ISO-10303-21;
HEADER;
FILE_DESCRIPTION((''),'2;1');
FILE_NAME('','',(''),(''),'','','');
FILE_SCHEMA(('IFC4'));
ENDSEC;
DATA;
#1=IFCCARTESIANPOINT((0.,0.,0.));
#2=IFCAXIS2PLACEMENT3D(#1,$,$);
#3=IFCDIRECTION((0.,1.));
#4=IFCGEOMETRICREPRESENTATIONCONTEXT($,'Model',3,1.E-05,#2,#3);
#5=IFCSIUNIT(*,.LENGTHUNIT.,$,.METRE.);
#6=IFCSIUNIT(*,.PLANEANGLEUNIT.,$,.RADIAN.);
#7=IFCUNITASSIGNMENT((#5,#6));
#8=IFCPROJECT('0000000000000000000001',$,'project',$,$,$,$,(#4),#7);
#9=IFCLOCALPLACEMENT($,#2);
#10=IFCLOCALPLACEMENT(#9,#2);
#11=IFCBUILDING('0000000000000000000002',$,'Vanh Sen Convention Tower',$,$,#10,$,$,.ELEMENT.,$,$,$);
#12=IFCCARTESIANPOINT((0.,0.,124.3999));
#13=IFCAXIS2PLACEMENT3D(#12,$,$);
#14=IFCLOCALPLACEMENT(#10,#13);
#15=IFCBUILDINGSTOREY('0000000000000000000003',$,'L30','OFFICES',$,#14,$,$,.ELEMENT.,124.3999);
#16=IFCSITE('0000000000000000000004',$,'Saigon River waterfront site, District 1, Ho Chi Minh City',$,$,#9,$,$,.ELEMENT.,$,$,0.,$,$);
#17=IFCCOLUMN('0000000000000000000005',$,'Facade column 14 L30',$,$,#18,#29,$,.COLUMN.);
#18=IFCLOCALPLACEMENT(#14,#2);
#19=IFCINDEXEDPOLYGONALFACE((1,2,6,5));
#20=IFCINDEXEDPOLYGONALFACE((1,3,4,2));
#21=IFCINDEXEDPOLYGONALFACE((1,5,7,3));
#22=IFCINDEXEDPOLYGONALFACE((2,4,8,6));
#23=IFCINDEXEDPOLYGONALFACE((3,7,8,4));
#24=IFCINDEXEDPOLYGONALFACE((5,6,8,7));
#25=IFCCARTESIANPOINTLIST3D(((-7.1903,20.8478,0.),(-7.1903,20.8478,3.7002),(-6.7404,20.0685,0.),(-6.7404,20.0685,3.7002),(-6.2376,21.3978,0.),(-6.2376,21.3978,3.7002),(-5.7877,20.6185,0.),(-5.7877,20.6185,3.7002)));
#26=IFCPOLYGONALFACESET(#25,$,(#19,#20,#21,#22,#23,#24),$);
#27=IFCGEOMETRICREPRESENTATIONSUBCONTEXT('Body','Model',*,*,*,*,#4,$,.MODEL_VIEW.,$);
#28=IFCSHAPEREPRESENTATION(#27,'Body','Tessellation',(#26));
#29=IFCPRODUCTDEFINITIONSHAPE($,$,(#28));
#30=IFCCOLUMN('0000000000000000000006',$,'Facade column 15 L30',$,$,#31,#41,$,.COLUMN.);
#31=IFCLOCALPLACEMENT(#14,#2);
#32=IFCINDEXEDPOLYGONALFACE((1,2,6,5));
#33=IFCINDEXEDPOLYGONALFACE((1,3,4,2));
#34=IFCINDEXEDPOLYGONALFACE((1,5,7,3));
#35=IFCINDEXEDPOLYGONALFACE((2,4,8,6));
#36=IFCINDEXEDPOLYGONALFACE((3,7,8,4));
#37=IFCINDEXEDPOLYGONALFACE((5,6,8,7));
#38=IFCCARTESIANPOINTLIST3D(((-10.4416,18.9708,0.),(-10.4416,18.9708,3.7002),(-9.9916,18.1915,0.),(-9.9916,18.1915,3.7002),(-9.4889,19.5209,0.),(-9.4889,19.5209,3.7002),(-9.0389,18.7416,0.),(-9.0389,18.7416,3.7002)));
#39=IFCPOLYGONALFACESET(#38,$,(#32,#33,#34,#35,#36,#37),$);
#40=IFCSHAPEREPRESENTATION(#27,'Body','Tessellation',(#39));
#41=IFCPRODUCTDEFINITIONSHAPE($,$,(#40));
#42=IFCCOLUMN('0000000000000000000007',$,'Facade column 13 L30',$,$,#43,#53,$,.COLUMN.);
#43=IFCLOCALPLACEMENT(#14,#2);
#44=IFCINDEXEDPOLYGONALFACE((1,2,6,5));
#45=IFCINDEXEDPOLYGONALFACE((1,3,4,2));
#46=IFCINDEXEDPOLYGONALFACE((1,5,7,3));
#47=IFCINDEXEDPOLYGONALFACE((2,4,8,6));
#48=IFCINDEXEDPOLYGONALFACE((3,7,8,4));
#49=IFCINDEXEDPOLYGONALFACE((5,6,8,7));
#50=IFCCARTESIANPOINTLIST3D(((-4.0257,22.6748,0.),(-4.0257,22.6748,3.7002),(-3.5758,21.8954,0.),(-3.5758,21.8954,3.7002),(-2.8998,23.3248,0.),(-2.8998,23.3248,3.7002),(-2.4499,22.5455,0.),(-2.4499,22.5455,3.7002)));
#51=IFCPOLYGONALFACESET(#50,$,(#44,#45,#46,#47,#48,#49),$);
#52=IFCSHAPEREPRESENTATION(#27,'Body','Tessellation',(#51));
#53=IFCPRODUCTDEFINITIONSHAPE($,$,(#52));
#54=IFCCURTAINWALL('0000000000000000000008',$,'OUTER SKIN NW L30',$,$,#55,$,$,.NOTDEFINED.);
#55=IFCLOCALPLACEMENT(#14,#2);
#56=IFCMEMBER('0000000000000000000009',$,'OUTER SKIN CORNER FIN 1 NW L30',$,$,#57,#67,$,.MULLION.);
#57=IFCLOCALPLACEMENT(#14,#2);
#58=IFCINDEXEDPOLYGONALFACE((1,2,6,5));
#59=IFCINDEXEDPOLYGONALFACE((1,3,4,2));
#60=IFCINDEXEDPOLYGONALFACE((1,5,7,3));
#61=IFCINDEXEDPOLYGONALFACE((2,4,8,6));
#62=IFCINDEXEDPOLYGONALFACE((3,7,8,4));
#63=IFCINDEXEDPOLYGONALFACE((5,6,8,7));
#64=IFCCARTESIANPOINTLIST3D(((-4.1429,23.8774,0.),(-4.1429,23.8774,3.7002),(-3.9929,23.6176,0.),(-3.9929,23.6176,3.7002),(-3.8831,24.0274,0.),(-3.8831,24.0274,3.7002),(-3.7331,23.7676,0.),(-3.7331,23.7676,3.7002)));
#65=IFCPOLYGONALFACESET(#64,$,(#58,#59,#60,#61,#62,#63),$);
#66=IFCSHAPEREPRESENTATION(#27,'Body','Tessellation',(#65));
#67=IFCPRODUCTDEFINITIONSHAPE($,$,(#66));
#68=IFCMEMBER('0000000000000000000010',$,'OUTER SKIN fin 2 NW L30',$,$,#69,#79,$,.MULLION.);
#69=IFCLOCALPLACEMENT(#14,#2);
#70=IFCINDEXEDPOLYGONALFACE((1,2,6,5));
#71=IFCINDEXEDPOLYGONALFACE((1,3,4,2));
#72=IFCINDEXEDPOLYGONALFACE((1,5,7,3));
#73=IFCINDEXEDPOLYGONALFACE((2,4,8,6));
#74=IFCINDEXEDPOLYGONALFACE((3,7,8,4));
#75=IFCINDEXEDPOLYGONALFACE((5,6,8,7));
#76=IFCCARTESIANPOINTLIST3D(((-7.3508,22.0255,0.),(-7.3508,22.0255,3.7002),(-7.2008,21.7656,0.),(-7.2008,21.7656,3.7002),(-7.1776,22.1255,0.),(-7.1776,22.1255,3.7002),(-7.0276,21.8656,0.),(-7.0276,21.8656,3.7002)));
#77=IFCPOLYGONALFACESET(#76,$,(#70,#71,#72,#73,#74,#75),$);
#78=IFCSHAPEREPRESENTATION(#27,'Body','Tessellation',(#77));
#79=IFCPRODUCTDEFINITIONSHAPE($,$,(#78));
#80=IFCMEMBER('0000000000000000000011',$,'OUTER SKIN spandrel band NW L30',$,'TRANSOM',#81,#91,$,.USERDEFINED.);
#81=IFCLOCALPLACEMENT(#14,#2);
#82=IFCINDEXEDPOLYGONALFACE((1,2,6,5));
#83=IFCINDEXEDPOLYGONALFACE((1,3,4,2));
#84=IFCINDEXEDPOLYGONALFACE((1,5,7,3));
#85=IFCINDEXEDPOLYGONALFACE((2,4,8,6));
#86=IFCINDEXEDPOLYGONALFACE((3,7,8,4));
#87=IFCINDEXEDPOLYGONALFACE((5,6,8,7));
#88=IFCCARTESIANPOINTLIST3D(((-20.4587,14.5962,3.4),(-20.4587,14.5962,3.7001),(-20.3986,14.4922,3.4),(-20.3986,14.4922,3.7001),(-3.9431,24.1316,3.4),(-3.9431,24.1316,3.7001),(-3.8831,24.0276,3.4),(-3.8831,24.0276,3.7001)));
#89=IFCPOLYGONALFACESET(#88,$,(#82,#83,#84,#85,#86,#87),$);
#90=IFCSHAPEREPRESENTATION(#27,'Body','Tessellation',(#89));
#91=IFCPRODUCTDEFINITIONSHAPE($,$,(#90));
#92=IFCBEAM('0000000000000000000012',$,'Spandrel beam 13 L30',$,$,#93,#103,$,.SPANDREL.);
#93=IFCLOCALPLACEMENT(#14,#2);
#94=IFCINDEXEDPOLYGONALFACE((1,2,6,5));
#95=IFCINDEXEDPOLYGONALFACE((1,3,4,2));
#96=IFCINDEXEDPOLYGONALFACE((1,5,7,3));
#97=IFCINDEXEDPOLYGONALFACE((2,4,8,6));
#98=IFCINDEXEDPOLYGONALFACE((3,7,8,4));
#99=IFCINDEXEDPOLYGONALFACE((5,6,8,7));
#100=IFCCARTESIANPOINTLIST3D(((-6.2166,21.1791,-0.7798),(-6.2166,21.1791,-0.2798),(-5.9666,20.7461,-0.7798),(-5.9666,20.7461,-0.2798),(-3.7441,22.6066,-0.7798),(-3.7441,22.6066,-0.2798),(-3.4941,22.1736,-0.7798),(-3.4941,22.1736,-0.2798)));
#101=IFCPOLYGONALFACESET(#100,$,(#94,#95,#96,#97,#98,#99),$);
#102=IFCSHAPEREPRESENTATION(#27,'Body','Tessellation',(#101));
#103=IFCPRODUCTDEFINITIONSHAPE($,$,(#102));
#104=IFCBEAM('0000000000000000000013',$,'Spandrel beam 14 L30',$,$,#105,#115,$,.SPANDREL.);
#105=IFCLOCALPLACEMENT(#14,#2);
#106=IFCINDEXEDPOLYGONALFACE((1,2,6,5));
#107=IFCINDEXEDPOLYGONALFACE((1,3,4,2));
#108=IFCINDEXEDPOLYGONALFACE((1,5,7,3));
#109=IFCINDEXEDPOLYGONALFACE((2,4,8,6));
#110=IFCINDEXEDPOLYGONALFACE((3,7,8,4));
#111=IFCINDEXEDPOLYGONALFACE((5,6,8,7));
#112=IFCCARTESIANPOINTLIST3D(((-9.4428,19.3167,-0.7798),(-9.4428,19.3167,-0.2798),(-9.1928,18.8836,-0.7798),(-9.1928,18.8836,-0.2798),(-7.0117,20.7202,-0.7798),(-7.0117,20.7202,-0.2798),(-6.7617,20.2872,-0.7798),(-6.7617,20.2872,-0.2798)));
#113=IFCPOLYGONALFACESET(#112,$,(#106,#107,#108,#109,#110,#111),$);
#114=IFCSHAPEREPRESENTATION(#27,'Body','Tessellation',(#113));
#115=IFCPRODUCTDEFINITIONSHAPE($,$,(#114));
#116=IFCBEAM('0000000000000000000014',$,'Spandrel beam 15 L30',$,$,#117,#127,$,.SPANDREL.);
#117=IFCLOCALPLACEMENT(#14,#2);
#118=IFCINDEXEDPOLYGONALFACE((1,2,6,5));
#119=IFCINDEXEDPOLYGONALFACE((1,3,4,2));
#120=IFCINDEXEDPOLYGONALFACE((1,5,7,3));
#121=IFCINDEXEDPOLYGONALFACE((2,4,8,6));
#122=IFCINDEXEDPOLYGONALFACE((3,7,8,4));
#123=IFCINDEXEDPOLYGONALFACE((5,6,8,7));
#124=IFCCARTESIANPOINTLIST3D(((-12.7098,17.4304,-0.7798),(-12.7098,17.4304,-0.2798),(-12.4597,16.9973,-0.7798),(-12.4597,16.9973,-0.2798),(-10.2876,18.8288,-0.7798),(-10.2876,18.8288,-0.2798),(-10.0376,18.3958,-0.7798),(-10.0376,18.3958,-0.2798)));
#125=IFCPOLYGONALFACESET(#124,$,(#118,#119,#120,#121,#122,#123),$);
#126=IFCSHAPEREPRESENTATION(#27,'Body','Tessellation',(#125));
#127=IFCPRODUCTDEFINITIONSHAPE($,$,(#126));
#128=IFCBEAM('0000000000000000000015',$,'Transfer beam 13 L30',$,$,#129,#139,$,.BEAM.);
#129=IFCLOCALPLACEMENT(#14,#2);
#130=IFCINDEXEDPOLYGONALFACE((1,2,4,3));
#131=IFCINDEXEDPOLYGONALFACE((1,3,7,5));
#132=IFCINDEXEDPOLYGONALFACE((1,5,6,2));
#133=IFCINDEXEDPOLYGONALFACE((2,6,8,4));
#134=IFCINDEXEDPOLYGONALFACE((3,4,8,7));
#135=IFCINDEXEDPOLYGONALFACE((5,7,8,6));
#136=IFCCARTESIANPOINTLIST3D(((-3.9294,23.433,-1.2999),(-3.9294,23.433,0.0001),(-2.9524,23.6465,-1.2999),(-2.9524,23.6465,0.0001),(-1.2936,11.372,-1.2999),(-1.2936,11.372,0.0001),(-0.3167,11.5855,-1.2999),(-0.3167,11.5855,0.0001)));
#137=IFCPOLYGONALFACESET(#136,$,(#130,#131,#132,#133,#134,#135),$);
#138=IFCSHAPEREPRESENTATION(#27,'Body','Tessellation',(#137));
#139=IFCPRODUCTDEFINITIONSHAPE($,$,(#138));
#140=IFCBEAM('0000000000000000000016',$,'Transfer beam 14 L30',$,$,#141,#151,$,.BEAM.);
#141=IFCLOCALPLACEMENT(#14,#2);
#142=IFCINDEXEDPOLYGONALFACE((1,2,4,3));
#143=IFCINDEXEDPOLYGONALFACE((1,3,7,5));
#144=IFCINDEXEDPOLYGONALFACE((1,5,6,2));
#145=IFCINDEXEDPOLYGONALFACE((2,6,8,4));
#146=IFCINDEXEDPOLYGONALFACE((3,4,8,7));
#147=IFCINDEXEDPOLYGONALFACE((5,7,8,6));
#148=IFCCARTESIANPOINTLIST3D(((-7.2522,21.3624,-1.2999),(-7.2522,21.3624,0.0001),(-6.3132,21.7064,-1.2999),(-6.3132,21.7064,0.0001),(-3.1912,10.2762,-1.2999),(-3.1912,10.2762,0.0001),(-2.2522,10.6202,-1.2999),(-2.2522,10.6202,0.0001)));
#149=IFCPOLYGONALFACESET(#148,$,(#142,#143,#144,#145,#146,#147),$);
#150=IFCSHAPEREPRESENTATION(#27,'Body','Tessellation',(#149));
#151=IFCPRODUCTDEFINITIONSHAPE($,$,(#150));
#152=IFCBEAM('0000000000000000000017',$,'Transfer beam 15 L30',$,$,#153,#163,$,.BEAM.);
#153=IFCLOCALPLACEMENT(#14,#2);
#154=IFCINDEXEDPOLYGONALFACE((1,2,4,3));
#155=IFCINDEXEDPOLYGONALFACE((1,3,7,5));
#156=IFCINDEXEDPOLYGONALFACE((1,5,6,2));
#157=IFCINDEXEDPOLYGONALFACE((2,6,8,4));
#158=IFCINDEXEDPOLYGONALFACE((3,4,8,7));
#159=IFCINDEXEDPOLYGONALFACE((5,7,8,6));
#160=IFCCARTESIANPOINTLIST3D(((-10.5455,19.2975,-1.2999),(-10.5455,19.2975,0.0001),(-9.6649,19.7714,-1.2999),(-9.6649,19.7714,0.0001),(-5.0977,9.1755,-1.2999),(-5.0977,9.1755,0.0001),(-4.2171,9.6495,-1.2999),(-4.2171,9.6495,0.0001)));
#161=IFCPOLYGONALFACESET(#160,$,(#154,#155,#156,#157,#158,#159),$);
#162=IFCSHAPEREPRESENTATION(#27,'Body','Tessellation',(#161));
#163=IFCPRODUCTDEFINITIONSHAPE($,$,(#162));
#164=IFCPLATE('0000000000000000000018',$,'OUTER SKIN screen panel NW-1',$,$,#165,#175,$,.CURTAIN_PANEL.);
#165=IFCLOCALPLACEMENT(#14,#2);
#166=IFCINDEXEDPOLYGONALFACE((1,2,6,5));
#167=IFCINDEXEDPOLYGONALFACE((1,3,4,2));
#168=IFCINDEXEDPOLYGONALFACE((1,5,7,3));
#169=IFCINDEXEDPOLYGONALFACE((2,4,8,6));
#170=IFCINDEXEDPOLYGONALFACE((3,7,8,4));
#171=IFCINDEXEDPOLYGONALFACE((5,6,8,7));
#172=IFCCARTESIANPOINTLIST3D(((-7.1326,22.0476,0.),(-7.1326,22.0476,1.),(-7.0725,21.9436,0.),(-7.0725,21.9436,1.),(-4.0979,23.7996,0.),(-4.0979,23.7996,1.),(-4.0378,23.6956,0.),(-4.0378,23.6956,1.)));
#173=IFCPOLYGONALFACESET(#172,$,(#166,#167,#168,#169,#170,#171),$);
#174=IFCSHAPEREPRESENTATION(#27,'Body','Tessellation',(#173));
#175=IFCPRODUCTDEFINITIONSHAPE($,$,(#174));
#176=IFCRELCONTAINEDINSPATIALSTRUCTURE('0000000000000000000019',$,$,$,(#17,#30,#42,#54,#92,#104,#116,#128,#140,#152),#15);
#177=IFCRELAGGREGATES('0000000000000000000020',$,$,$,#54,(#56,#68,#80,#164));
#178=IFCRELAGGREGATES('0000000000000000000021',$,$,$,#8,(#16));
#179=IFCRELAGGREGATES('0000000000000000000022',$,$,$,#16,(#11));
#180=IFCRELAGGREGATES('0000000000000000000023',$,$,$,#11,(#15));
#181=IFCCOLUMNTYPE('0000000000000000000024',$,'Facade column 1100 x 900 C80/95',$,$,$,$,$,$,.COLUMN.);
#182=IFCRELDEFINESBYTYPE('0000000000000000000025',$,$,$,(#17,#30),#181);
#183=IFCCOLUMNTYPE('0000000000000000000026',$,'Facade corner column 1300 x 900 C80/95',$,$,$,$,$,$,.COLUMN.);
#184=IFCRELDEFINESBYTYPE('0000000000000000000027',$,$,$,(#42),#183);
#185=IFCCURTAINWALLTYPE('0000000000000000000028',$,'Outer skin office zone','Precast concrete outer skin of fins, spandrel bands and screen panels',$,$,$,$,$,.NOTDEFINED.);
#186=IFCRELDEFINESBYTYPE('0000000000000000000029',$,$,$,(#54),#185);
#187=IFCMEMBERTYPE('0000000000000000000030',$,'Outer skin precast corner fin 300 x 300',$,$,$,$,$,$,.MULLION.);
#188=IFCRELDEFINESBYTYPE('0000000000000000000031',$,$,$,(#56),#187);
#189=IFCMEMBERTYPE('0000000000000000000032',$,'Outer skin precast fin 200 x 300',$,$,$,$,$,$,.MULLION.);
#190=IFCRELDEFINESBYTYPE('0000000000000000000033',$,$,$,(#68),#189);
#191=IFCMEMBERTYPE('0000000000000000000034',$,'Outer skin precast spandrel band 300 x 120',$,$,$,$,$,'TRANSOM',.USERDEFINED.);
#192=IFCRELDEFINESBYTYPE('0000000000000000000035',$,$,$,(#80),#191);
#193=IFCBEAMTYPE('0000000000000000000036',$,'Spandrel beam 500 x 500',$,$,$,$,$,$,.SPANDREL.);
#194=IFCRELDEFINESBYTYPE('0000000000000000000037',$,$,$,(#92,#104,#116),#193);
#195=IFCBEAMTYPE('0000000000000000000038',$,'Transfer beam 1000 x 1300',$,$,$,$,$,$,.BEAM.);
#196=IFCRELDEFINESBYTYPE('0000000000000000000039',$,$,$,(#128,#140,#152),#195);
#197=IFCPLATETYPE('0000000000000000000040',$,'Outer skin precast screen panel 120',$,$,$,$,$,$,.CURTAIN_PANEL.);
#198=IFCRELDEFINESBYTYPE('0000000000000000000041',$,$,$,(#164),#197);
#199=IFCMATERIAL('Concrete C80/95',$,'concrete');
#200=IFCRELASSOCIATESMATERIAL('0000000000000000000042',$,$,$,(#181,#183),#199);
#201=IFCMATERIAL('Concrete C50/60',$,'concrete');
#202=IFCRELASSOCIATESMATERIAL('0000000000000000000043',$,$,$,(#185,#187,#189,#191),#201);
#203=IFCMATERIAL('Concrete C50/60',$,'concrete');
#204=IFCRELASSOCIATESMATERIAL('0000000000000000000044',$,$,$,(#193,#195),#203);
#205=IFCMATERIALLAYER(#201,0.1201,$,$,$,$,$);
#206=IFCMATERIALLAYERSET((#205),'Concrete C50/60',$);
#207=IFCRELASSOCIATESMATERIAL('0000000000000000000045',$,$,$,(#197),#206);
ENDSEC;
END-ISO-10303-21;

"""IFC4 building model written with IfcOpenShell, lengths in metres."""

from ifc_helpers import new_model, si_unit, direction, frame, origin, origin_2d, place, context, subcontext, project, spatial, rectangle, extrude, material, layer, layer_set, material_profile, profile_set, type_object, element, aggregate, save


model = new_model("IFC4")

# Units and contexts
model_context = context("Model", 3, precision=1e-05, world=origin(), true_north=direction((0.0, 1.0)))
body_context = subcontext(model_context, "Body", "Model", "MODEL_VIEW")
ifc_project = project(units=[si_unit("LENGTHUNIT", "METRE"), si_unit("PLANEANGLEUNIT", "RADIAN")], contexts=[model_context])

# Site, building, storey
site_placement = place(None, origin())
site = spatial("IfcSite", under=ifc_project, at=site_placement, Name="Saigon River waterfront site, District 1, Ho Chi Minh City", CompositionType="ELEMENT", RefElevation=0.0)
building_placement = place(site_placement, origin())
building = spatial("IfcBuilding", under=site, at=building_placement, Name="Vanh Sen Convention Tower", CompositionType="ELEMENT")
storey_placement = place(building_placement, frame((0.0, 0.0, 124.3999)))
storey = spatial("IfcBuildingStorey", under=building, at=storey_placement, Name="L30", Description="OFFICES", CompositionType="ELEMENT", Elevation=124.3999)

# Columns
ifc_material_1 = material(Name="Concrete C80/95", Category="concrete")
ifc_material_profile_1 = material_profile(ifc_material_1, rectangle(XDim=1.1001, YDim=0.8999, at=origin_2d()), Name="RC 1100X900")
ifc_profile_set_1 = profile_set([ifc_material_profile_1], Name="Concrete C80/95")
column_type_1 = type_object("IfcColumnType", Name="Facade column 1100 x 900 C80/95", PredefinedType="COLUMN", material=ifc_profile_set_1)
for number, where, z_axis, x_axis, name in (
    (1, (-6.489, 20.7332, 0.0), (0.0, 0.0, 1.0), (-0.866025, -0.5, 0.0), "Facade column 14 L30"),
    (2, (-9.7402, 18.8562, 0.0), (0.0, 0.0, 1.0), (-0.866025, -0.5, 0.0), "Facade column 15 L30"),
):
    element("IfcColumn", number, at=place(storey_placement, frame(where, z_axis=z_axis, x_axis=x_axis)), inside=storey, type_object=column_type_1, Name=name, PredefinedType="COLUMN", context=body_context, shape_type="SweptSolid", body=[
        extrude(rectangle(XDim=1.1001, YDim=0.8999, at=origin_2d()), origin(), (0.0, 0.0, 1.0), 3.7002),
    ])
ifc_material_profile_2 = material_profile(ifc_material_1, rectangle(XDim=1.3, YDim=0.8999, at=origin_2d()), Name="RC 1300X900")
ifc_profile_set_2 = profile_set([ifc_material_profile_2], Name="Concrete C80/95")
column_type_2 = type_object("IfcColumnType", Name="Facade corner column 1300 x 900 C80/95", PredefinedType="COLUMN", material=ifc_profile_set_2)
column_placement = place(storey_placement, frame((-3.2378, 22.6101, 0.0), z_axis=(0.0, 0.0, 1.0), x_axis=(-0.866025, -0.5, 0.0)))
element("IfcColumn", 3, at=column_placement, inside=storey, type_object=column_type_2, Name="Facade column 13 L30", PredefinedType="COLUMN", context=body_context, shape_type="SweptSolid", body=[
    extrude(rectangle(XDim=1.3, YDim=0.8999, at=origin_2d()), origin(), (0.0, 0.0, 1.0), 3.7002),
])

# Curtain wall, members
ifc_material_2 = material(Name="Concrete C50/60", Category="concrete")
curtain_wall_type = type_object("IfcCurtainWallType", Name="Outer skin office zone", Description="Precast concrete outer skin of fins, spandrel bands and screen panels", PredefinedType="NOTDEFINED", material=ifc_material_2)
curtain_wall_placement = place(storey_placement, origin())
curtain_wall = element("IfcCurtainWall", 4, at=curtain_wall_placement, inside=storey, type_object=curtain_wall_type, Name="OUTER SKIN NW L30", PredefinedType="NOTDEFINED")
ifc_material_profile_3 = material_profile(ifc_material_2, rectangle(XDim=0.3, YDim=0.3, at=origin_2d()), Name="Outer skin precast corner fin 300 x 300")
ifc_profile_set_3 = profile_set([ifc_material_profile_3], Name="Concrete C50/60")
member_type_1 = type_object("IfcMemberType", Name="Outer skin precast corner fin 300 x 300", PredefinedType="MULLION", material=ifc_profile_set_3)
member_1_placement = place(storey_placement, frame((-3.938, 23.8225, 0.0), z_axis=(0.0, 0.0, 1.0), x_axis=(-0.866025, -0.5, 0.0)))
member_1 = element("IfcMember", 5, at=member_1_placement, type_object=member_type_1, Name="OUTER SKIN CORNER FIN 1 NW L30", PredefinedType="MULLION", context=body_context, shape_type="SweptSolid", body=[
    extrude(rectangle(XDim=0.3, YDim=0.3, at=origin_2d()), origin(), (0.0, 0.0, 1.0), 3.7002),
])
ifc_material_profile_4 = material_profile(ifc_material_2, rectangle(XDim=0.2, YDim=0.3, at=origin_2d()), Name="Outer skin precast fin 200 x 300")
ifc_profile_set_4 = profile_set([ifc_material_profile_4], Name="Concrete C50/60")
member_type_2 = type_object("IfcMemberType", Name="Outer skin precast fin 200 x 300", PredefinedType="MULLION", material=ifc_profile_set_4)
member_2_placement = place(storey_placement, frame((-7.1892, 21.9456, 0.0), z_axis=(0.0, 0.0, 1.0), x_axis=(-0.866025, -0.5, 0.0)))
member_2 = element("IfcMember", 6, at=member_2_placement, type_object=member_type_2, Name="OUTER SKIN fin 2 NW L30", PredefinedType="MULLION", context=body_context, shape_type="SweptSolid", body=[
    extrude(rectangle(XDim=0.2, YDim=0.3, at=origin_2d()), origin(), (0.0, 0.0, 1.0), 3.7002),
])
ifc_material_profile_5 = material_profile(ifc_material_2, rectangle(XDim=0.1201, YDim=0.3, at=origin_2d()), Name="Outer skin precast spandrel band 300 x 120")
ifc_profile_set_5 = profile_set([ifc_material_profile_5], Name="Concrete C50/60")
member_type_3 = type_object("IfcMemberType", Name="Outer skin precast spandrel band 300 x 120", ElementType="TRANSOM", PredefinedType="USERDEFINED", material=ifc_profile_set_5)
member_3_placement = place(storey_placement, frame((-3.9131, 24.0796, 3.55), z_axis=(-0.866023, -0.500004, 0.0), x_axis=(0.500004, -0.866023, 0.0)))
member_3 = element("IfcMember", 7, at=member_3_placement, type_object=member_type_3, Name="OUTER SKIN spandrel band NW L30", ObjectType="TRANSOM", PredefinedType="USERDEFINED", context=body_context, shape_type="SweptSolid", body=[
    extrude(rectangle(XDim=0.1201, YDim=0.3, at=origin_2d()), origin(), (0.0, 0.0, 1.0), 19.0706),
])

# Beams
ifc_material_3 = material(Name="Concrete C50/60", Category="concrete")
ifc_material_profile_6 = material_profile(ifc_material_3, rectangle(XDim=0.5, YDim=0.5, at=origin_2d()), Name="RC 500X500")
ifc_profile_set_6 = profile_set([ifc_material_profile_6], Name="Concrete C50/60")
beam_type_1 = type_object("IfcBeamType", Name="Spandrel beam 500 x 500", PredefinedType="SPANDREL", material=ifc_profile_set_6)
beam_1_placement = place(storey_placement, frame((-3.6191, 22.3901, -0.5298), z_axis=(-0.866019, -0.500011, 0.0), x_axis=(0.500011, -0.866019, 0.0)))
element("IfcBeam", 8, at=beam_1_placement, inside=storey, type_object=beam_type_1, Name="Spandrel beam 13 L30", PredefinedType="SPANDREL", context=body_context, shape_type="SweptSolid", body=[
    extrude(rectangle(XDim=0.5, YDim=0.5, at=origin_2d()), origin(), (0.0, 0.0, 1.0), 2.855),
])
beam_2_placement = place(storey_placement, frame((-6.8867, 20.5037, -0.5298), z_axis=(-0.866035, -0.499983, 0.0), x_axis=(0.499983, -0.866035, 0.0)))
element("IfcBeam", 9, at=beam_2_placement, inside=storey, type_object=beam_type_1, Name="Spandrel beam 14 L30", PredefinedType="SPANDREL", context=body_context, shape_type="SweptSolid", body=[
    extrude(rectangle(XDim=0.5, YDim=0.5, at=origin_2d()), origin(), (0.0, 0.0, 1.0), 2.8071),
])
beam_3_placement = place(storey_placement, frame((-10.1626, 18.6123, -0.5298), z_axis=(-0.866021, -0.500007, 0.0), x_axis=(0.500007, -0.866021, 0.0)))
element("IfcBeam", 10, at=beam_3_placement, inside=storey, type_object=beam_type_1, Name="Spandrel beam 15 L30", PredefinedType="SPANDREL", context=body_context, shape_type="SweptSolid", body=[
    extrude(rectangle(XDim=0.5, YDim=0.5, at=origin_2d()), origin(), (0.0, 0.0, 1.0), 2.7969),
])
ifc_material_profile_7 = material_profile(ifc_material_3, rectangle(XDim=1.0, YDim=1.3, at=origin_2d()), Name="RC 1000X1300")
ifc_profile_set_7 = profile_set([ifc_material_profile_7], Name="Concrete C50/60")
beam_type_2 = type_object("IfcBeamType", Name="Transfer beam 1000 x 1300", PredefinedType="BEAM", material=ifc_profile_set_7)
beam_4_placement = place(storey_placement, frame((-3.4409, 23.5398, -0.6499), z_axis=(0.213495, -0.976944, 0.0), x_axis=(0.976944, 0.213495, 0.0)))
element("IfcBeam", 11, at=beam_4_placement, inside=storey, type_object=beam_type_2, Name="Transfer beam 13 L30", PredefinedType="BEAM", context=body_context, shape_type="SweptSolid", body=[
    extrude(rectangle(XDim=1.0, YDim=1.3, at=origin_2d()), origin(), (0.0, 0.0, 1.0), 12.3457),
])
beam_5_placement = place(storey_placement, frame((-6.7827, 21.5344, -0.6499), z_axis=(0.343964, -0.938983, 0.0), x_axis=(0.938983, 0.343964, 0.0)))
element("IfcBeam", 12, at=beam_5_placement, inside=storey, type_object=beam_type_2, Name="Transfer beam 14 L30", PredefinedType="BEAM", context=body_context, shape_type="SweptSolid", body=[
    extrude(rectangle(XDim=1.0, YDim=1.3, at=origin_2d()), origin(), (0.0, 0.0, 1.0), 11.8066),
])
beam_6_placement = place(storey_placement, frame((-10.1052, 19.5344, -0.6499), z_axis=(0.473934, -0.88056, 0.0), x_axis=(0.88056, 0.473934, 0.0)))
element("IfcBeam", 13, at=beam_6_placement, inside=storey, type_object=beam_type_2, Name="Transfer beam 15 L30", PredefinedType="BEAM", context=body_context, shape_type="SweptSolid", body=[
    extrude(rectangle(XDim=1.0, YDim=1.3, at=origin_2d()), origin(), (0.0, 0.0, 1.0), 11.4949),
])

# Plate
ifc_layer_1 = layer(ifc_material_2, 0.1201)
ifc_layer_set_1 = layer_set([ifc_layer_1], Name="Concrete C50/60")
plate_type = type_object("IfcPlateType", Name="Outer skin precast screen panel 120", PredefinedType="CURTAIN_PANEL", material=ifc_layer_set_1)
plate_1_placement = place(storey_placement, frame((-5.5852, 22.8716, 0.0), z_axis=(0.0, 0.0, 1.0), x_axis=(-0.866035, -0.499983, 0.0)))
plate_1 = element("IfcPlate", 14, at=plate_1_placement, type_object=plate_type, Name="OUTER SKIN screen panel NW-1", PredefinedType="CURTAIN_PANEL", context=body_context, shape_type="SweptSolid", body=[
    extrude(rectangle(XDim=3.5042, YDim=0.1201, at=origin_2d()), origin(), (0.0, 0.0, 1.0), 1.0),
])
aggregate(curtain_wall, [member_1, member_2, member_3, plate_1])

save(model, "model.ifc")
